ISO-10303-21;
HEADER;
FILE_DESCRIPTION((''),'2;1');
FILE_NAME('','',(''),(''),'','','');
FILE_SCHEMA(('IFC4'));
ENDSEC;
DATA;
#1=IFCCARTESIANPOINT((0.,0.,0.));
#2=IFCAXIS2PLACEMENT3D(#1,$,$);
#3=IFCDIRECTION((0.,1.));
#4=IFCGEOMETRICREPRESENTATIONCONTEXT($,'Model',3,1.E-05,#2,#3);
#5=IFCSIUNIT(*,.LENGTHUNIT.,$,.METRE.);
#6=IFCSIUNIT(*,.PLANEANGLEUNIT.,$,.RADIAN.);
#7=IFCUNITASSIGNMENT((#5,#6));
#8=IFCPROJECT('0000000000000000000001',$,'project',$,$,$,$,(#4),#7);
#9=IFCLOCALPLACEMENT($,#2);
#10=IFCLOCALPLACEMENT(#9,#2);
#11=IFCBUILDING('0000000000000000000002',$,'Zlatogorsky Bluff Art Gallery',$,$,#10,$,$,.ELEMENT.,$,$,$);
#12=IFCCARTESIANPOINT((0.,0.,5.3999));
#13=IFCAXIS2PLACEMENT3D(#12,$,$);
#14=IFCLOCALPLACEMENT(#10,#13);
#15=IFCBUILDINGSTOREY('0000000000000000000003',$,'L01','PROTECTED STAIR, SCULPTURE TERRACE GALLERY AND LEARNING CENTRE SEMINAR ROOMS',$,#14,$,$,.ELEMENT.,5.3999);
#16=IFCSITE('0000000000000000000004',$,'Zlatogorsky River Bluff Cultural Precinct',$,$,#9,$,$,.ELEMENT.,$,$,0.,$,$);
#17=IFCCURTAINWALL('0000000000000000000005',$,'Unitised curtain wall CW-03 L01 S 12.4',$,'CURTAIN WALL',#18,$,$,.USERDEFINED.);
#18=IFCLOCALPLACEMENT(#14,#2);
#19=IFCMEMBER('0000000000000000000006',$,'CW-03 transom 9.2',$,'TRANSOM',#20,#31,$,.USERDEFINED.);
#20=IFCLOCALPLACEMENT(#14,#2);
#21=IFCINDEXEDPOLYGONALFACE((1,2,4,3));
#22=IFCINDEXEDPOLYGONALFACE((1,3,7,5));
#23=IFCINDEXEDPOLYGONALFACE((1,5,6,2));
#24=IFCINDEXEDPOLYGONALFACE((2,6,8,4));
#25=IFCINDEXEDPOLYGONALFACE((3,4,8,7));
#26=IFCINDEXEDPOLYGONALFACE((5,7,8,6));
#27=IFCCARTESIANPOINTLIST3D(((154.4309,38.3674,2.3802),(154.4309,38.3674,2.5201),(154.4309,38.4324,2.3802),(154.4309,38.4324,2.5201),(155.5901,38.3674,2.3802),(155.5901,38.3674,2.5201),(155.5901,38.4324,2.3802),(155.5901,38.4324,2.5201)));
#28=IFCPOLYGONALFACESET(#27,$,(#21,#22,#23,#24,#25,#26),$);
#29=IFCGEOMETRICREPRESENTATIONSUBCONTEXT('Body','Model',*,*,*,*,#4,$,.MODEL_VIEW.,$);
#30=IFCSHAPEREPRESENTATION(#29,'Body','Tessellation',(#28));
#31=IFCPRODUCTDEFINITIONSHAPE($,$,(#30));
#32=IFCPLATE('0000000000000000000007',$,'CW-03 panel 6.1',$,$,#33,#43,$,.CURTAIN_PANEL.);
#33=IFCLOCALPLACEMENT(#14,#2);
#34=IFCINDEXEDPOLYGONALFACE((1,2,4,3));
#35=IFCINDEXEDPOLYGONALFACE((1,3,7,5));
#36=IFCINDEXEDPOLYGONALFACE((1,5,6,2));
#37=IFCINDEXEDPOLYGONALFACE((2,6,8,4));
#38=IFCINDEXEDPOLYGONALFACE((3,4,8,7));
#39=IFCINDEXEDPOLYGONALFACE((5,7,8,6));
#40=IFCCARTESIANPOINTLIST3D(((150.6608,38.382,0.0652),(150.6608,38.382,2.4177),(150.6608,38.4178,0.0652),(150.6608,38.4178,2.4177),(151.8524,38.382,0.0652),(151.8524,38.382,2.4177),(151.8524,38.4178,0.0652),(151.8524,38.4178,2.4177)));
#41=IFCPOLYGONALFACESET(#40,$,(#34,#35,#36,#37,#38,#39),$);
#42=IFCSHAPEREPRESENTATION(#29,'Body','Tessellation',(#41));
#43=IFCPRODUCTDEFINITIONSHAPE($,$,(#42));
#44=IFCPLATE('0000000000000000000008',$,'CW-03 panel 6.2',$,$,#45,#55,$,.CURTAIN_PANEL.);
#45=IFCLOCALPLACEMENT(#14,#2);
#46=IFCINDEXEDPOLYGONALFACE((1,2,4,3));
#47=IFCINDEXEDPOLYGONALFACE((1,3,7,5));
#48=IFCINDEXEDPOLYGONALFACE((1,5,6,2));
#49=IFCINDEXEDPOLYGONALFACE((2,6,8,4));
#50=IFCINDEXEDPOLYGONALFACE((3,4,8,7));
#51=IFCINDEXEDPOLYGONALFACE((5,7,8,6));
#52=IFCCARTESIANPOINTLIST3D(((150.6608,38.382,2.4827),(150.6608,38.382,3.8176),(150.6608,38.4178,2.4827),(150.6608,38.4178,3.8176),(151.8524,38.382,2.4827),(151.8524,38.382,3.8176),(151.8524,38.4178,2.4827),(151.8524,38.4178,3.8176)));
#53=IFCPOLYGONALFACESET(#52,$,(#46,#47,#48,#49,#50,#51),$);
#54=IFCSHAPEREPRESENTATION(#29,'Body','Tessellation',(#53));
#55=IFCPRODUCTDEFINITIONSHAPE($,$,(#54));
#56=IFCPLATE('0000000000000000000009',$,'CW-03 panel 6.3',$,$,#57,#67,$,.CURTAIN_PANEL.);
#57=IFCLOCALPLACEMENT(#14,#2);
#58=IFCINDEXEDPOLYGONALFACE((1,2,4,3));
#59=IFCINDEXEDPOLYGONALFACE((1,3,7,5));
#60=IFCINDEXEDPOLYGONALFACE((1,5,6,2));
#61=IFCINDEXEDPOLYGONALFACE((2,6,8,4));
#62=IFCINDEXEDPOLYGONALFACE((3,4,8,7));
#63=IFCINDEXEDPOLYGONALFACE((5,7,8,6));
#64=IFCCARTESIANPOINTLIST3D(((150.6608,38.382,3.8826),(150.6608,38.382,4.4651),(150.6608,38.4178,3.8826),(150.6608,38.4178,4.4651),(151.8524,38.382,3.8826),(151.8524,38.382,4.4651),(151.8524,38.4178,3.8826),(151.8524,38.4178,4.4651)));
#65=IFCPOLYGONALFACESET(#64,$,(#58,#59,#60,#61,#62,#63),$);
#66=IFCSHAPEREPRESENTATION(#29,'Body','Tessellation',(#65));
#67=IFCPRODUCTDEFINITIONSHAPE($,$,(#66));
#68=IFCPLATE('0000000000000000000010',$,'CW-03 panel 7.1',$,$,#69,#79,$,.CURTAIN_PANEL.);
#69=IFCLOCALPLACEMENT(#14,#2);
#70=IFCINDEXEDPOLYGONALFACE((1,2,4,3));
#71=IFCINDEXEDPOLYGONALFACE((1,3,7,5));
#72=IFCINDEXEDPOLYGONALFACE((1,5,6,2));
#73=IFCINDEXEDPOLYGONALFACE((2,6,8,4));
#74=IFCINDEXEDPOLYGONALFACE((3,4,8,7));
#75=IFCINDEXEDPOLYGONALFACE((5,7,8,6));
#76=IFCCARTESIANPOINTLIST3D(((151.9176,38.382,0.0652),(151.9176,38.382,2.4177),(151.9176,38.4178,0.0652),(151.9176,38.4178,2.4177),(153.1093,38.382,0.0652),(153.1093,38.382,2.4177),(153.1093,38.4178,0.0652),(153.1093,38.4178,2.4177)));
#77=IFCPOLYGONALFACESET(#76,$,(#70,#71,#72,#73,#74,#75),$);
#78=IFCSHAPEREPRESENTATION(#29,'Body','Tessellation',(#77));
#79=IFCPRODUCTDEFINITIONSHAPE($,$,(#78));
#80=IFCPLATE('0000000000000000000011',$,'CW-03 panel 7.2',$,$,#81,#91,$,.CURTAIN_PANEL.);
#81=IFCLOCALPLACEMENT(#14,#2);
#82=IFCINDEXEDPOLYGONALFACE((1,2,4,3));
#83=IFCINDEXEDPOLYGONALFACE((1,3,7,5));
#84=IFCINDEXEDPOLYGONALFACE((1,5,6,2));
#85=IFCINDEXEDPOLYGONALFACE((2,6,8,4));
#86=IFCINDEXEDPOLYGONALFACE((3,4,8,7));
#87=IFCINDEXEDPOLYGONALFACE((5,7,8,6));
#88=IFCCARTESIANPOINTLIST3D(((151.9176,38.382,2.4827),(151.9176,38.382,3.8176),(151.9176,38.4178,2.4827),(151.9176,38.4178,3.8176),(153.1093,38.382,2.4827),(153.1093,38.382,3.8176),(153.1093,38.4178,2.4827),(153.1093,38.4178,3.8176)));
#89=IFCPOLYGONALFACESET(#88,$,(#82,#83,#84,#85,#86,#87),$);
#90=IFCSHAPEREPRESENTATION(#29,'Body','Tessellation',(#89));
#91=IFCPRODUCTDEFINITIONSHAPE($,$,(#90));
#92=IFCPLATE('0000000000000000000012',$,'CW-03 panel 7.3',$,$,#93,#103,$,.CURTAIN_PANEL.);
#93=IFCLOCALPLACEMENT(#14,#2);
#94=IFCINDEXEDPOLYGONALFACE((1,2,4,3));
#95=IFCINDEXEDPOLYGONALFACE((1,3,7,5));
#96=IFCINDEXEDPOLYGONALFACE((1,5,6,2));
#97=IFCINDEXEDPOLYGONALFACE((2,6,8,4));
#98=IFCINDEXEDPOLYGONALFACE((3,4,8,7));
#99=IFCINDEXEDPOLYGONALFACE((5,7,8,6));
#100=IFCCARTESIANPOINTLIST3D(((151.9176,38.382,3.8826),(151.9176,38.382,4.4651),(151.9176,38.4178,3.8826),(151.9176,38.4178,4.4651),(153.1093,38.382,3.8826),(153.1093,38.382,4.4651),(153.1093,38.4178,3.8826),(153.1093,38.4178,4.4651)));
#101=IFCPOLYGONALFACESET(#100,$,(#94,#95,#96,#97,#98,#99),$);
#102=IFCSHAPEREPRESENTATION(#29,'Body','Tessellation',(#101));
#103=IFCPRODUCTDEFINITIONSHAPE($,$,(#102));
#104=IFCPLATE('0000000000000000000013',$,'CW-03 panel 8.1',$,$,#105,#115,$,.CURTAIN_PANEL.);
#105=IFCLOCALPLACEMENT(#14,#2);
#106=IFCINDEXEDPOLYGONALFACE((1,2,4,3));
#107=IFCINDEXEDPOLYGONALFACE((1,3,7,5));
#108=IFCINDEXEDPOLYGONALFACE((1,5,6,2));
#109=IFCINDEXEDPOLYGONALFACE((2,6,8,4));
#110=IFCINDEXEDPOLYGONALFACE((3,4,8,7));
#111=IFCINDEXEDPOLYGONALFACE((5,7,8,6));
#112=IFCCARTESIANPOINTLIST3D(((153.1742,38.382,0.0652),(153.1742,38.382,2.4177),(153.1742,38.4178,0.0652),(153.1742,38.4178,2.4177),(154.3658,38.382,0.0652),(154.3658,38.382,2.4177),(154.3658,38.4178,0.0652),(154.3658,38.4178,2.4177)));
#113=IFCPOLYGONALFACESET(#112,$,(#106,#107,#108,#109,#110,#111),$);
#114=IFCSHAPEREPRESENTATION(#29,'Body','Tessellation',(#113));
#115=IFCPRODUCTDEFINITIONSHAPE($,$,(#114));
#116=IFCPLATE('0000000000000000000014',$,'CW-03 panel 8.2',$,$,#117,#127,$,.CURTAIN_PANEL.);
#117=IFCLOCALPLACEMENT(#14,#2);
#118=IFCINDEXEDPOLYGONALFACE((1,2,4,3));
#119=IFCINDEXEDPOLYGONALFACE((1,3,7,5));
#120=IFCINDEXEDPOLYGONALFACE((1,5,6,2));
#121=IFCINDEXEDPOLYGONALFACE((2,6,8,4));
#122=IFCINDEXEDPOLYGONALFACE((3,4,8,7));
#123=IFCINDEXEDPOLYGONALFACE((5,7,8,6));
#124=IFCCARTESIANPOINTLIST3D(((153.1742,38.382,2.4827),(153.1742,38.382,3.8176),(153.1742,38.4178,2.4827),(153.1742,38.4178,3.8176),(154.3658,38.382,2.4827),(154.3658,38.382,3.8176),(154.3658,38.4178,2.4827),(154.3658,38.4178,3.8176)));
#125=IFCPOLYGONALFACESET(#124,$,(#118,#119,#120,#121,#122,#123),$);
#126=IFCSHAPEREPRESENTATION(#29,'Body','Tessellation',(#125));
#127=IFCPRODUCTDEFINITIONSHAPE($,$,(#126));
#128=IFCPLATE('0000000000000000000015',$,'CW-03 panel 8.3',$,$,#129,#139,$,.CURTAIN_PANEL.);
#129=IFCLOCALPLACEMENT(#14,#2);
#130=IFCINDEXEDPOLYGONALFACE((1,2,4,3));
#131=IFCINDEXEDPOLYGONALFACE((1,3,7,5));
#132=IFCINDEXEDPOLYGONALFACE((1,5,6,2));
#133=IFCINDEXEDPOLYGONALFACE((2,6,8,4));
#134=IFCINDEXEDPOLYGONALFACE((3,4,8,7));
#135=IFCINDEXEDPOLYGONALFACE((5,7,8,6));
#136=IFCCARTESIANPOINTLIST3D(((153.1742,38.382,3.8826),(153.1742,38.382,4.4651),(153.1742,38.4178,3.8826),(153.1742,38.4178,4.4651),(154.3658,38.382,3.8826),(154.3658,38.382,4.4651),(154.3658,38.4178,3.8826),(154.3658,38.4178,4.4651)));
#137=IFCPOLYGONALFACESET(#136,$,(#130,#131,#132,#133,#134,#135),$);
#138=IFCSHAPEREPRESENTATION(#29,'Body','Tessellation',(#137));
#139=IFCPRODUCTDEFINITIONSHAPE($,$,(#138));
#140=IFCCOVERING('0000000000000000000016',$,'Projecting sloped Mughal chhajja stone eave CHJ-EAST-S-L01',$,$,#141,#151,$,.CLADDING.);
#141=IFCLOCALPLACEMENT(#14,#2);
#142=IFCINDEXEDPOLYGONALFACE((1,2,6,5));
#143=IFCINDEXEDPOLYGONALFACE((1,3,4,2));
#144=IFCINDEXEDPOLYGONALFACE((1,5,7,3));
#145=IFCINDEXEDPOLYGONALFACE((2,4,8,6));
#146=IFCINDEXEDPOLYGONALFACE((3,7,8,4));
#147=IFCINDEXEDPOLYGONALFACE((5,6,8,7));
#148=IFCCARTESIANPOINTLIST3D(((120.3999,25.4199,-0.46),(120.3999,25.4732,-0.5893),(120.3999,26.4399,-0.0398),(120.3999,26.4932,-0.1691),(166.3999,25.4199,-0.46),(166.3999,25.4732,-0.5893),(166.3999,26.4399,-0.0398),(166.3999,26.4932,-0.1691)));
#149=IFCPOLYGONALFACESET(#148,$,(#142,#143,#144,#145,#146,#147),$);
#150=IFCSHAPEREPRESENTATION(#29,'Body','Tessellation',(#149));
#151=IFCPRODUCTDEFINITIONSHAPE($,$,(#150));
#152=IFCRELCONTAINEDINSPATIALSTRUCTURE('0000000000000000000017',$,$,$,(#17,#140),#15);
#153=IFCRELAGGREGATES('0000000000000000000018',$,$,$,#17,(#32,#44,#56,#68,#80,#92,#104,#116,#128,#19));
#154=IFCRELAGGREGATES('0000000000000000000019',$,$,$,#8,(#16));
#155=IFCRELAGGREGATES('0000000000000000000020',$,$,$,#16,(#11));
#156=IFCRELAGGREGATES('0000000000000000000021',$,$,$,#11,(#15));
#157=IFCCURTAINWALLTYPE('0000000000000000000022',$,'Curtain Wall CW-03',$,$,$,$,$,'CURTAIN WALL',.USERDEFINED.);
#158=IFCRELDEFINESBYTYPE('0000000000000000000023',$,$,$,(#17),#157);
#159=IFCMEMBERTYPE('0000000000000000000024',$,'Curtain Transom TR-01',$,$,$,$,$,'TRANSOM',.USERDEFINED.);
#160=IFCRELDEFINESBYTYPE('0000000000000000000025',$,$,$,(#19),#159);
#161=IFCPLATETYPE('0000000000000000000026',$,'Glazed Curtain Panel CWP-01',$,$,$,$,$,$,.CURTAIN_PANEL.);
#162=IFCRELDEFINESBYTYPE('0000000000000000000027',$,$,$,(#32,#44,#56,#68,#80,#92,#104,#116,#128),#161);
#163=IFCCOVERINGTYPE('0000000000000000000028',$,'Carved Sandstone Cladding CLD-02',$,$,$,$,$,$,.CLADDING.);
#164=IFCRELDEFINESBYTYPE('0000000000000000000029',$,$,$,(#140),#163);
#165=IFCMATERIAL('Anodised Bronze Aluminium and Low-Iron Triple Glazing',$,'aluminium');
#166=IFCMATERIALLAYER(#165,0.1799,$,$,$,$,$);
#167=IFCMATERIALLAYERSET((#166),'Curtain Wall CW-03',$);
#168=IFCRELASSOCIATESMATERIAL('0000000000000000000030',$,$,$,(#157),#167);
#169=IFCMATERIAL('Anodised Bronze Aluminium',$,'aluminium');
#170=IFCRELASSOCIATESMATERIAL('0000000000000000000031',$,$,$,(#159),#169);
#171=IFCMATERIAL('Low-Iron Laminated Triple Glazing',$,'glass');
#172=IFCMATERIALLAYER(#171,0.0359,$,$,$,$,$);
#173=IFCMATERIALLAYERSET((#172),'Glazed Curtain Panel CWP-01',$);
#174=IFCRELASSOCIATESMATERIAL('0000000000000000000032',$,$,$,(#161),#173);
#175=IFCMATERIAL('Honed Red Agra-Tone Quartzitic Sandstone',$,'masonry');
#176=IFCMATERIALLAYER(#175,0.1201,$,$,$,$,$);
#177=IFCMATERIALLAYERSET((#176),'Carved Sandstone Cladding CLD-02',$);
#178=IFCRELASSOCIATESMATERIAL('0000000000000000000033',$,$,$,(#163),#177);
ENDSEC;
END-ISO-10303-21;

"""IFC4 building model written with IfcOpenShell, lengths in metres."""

from ifc_helpers import new_model, si_unit, direction, frame, origin, origin_2d, place, context, subcontext, project, spatial, polyline, rectangle, outline, extrude, material, layer, layer_set, material_profile, profile_set, type_object, element, aggregate, save


model = new_model("IFC4")

# Units and contexts
model_context = context("Model", 3, precision=1e-05, world=origin(), true_north=direction((0.0, 1.0)))
body_context = subcontext(model_context, "Body", "Model", "MODEL_VIEW")
ifc_project = project(units=[si_unit("LENGTHUNIT", "METRE"), si_unit("PLANEANGLEUNIT", "RADIAN")], contexts=[model_context])

# Site, building, storey
site_placement = place(None, origin())
site = spatial("IfcSite", under=ifc_project, at=site_placement, Name="Zlatogorsky River Bluff Cultural Precinct", CompositionType="ELEMENT", RefElevation=0.0)
building_placement = place(site_placement, origin())
building = spatial("IfcBuilding", under=site, at=building_placement, Name="Zlatogorsky Bluff Art Gallery", CompositionType="ELEMENT")
storey_placement = place(building_placement, frame((0.0, 0.0, 5.3999)))
storey = spatial("IfcBuildingStorey", under=building, at=storey_placement, Name="L01", Description="PROTECTED STAIR, SCULPTURE TERRACE GALLERY AND LEARNING CENTRE SEMINAR ROOMS", CompositionType="ELEMENT", Elevation=5.3999)

# Curtain wall, member, plates
ifc_material_1 = material(Name="Anodised Bronze Aluminium and Low-Iron Triple Glazing", Category="aluminium")
ifc_layer_1 = layer(ifc_material_1, 0.1799)
ifc_layer_set_1 = layer_set([ifc_layer_1], Name="Curtain Wall CW-03")
curtain_wall_type = type_object("IfcCurtainWallType", Name="Curtain Wall CW-03", ElementType="CURTAIN WALL", PredefinedType="USERDEFINED", material=ifc_layer_set_1)
curtain_wall_placement = place(storey_placement, origin())
curtain_wall = element("IfcCurtainWall", 1, at=curtain_wall_placement, inside=storey, type_object=curtain_wall_type, Name="Unitised curtain wall CW-03 L01 S 12.4", ObjectType="CURTAIN WALL", PredefinedType="USERDEFINED")
ifc_material_2 = material(Name="Anodised Bronze Aluminium", Category="aluminium")
ifc_material_profile_1 = material_profile(ifc_material_2, rectangle(XDim=0.0649, YDim=0.1399, at=origin_2d()), Name="ALU TRANSOM 65x140")
ifc_profile_set_1 = profile_set([ifc_material_profile_1], Name="Anodised Bronze Aluminium")
member_type_1 = type_object("IfcMemberType", Name="Curtain Transom TR-01", ElementType="TRANSOM", PredefinedType="USERDEFINED", material=ifc_profile_set_1)
member_1_placement = place(storey_placement, frame((154.4309, 38.3999, 2.4502), z_axis=(1.0, 0.0, 0.0), x_axis=(0.0, 1.0, 0.0)))
member_1 = element("IfcMember", 2, at=member_1_placement, type_object=member_type_1, Name="CW-03 transom 9.2", ObjectType="TRANSOM", PredefinedType="USERDEFINED", context=body_context, shape_type="SweptSolid", body=[
    extrude(rectangle(XDim=0.0649, YDim=0.1399, at=origin_2d()), origin(), (0.0, 0.0, 1.0), 1.1592),
])
ifc_material_3 = material(Name="Low-Iron Laminated Triple Glazing", Category="glass")
ifc_layer_2 = layer(ifc_material_3, 0.0359)
ifc_layer_set_2 = layer_set([ifc_layer_2], Name="Glazed Curtain Panel CWP-01")
plate_type = type_object("IfcPlateType", Name="Glazed Curtain Panel CWP-01", PredefinedType="CURTAIN_PANEL", material=ifc_layer_set_2)
plate_1_placement = place(storey_placement, frame((151.2566, 38.3999, 0.0652), z_axis=(0.0, 0.0, 1.0), x_axis=(1.0, 0.0, 0.0)))
plate_1 = element("IfcPlate", 3, at=plate_1_placement, type_object=plate_type, Name="CW-03 panel 6.1", PredefinedType="CURTAIN_PANEL", context=body_context, shape_type="SweptSolid", body=[
    extrude(rectangle(XDim=1.1917, YDim=0.0359, at=origin_2d()), origin(), (0.0, 0.0, 1.0), 2.3525),
])
plate_2_placement = place(storey_placement, frame((151.2566, 38.3999, 2.4827), z_axis=(0.0, 0.0, 1.0), x_axis=(1.0, 0.0, 0.0)))
plate_2 = element("IfcPlate", 4, at=plate_2_placement, type_object=plate_type, Name="CW-03 panel 6.2", PredefinedType="CURTAIN_PANEL", context=body_context, shape_type="SweptSolid", body=[
    extrude(rectangle(XDim=1.1917, YDim=0.0359, at=origin_2d()), origin(), (0.0, 0.0, 1.0), 1.335),
])
plate_3_placement = place(storey_placement, frame((151.2566, 38.3999, 3.8826), z_axis=(0.0, 0.0, 1.0), x_axis=(1.0, 0.0, 0.0)))
plate_3 = element("IfcPlate", 5, at=plate_3_placement, type_object=plate_type, Name="CW-03 panel 6.3", PredefinedType="CURTAIN_PANEL", context=body_context, shape_type="SweptSolid", body=[
    extrude(rectangle(XDim=1.1917, YDim=0.0359, at=origin_2d()), origin(), (0.0, 0.0, 1.0), 0.5825),
])
plate_4_placement = place(storey_placement, frame((152.5134, 38.3999, 0.0652), z_axis=(0.0, 0.0, 1.0), x_axis=(1.0, 0.0, 0.0)))
plate_4 = element("IfcPlate", 6, at=plate_4_placement, type_object=plate_type, Name="CW-03 panel 7.1", PredefinedType="CURTAIN_PANEL", context=body_context, shape_type="SweptSolid", body=[
    extrude(rectangle(XDim=1.1917, YDim=0.0359, at=origin_2d()), origin(), (0.0, 0.0, 1.0), 2.3525),
])
plate_5_placement = place(storey_placement, frame((152.5134, 38.3999, 2.4827), z_axis=(0.0, 0.0, 1.0), x_axis=(1.0, 0.0, 0.0)))
plate_5 = element("IfcPlate", 7, at=plate_5_placement, type_object=plate_type, Name="CW-03 panel 7.2", PredefinedType="CURTAIN_PANEL", context=body_context, shape_type="SweptSolid", body=[
    extrude(rectangle(XDim=1.1917, YDim=0.0359, at=origin_2d()), origin(), (0.0, 0.0, 1.0), 1.335),
])
plate_6_placement = place(storey_placement, frame((152.5134, 38.3999, 3.8826), z_axis=(0.0, 0.0, 1.0), x_axis=(1.0, 0.0, 0.0)))
plate_6 = element("IfcPlate", 8, at=plate_6_placement, type_object=plate_type, Name="CW-03 panel 7.3", PredefinedType="CURTAIN_PANEL", context=body_context, shape_type="SweptSolid", body=[
    extrude(rectangle(XDim=1.1917, YDim=0.0359, at=origin_2d()), origin(), (0.0, 0.0, 1.0), 0.5825),
])
plate_7_placement = place(storey_placement, frame((153.77, 38.3999, 0.0652), z_axis=(0.0, 0.0, 1.0), x_axis=(1.0, 0.0, 0.0)))
plate_7 = element("IfcPlate", 9, at=plate_7_placement, type_object=plate_type, Name="CW-03 panel 8.1", PredefinedType="CURTAIN_PANEL", context=body_context, shape_type="SweptSolid", body=[
    extrude(rectangle(XDim=1.1917, YDim=0.0359, at=origin_2d()), origin(), (0.0, 0.0, 1.0), 2.3525),
])
plate_8_placement = place(storey_placement, frame((153.77, 38.3999, 2.4827), z_axis=(0.0, 0.0, 1.0), x_axis=(1.0, 0.0, 0.0)))
plate_8 = element("IfcPlate", 10, at=plate_8_placement, type_object=plate_type, Name="CW-03 panel 8.2", PredefinedType="CURTAIN_PANEL", context=body_context, shape_type="SweptSolid", body=[
    extrude(rectangle(XDim=1.1917, YDim=0.0359, at=origin_2d()), origin(), (0.0, 0.0, 1.0), 1.335),
])
plate_9_placement = place(storey_placement, frame((153.77, 38.3999, 3.8826), z_axis=(0.0, 0.0, 1.0), x_axis=(1.0, 0.0, 0.0)))
plate_9 = element("IfcPlate", 11, at=plate_9_placement, type_object=plate_type, Name="CW-03 panel 8.3", PredefinedType="CURTAIN_PANEL", context=body_context, shape_type="SweptSolid", body=[
    extrude(rectangle(XDim=1.1917, YDim=0.0359, at=origin_2d()), origin(), (0.0, 0.0, 1.0), 0.5825),
])
aggregate(curtain_wall, [plate_1, plate_2, plate_3, plate_4, plate_5, plate_6, plate_7, plate_8, plate_9, member_1])

# Covering
ifc_material_4 = material(Name="Honed Red Agra-Tone Quartzitic Sandstone", Category="masonry")
ifc_layer_3 = layer(ifc_material_4, 0.1201)
ifc_layer_set_3 = layer_set([ifc_layer_3], Name="Carved Sandstone Cladding CLD-02")
covering_type = type_object("IfcCoveringType", Name="Carved Sandstone Cladding CLD-02", PredefinedType="CLADDING", material=ifc_layer_set_3)
covering_placement = place(storey_placement, frame((166.3999, 26.4399, -0.0398), z_axis=(0.0, -0.380872, 0.924628), x_axis=(-1.0, 0.0, 0.0)))
element("IfcCovering", 12, at=covering_placement, inside=storey, type_object=covering_type, Name="Projecting sloped Mughal chhajja stone eave CHJ-EAST-S-L01", PredefinedType="CLADDING", context=body_context, shape_type="SweptSolid", body=[
    extrude(outline(polyline([(0.0, 0.0), (46.0, 0.0), (46.0, 1.1032), (0.0, 1.1032), (0.0, 0.0)])), origin(), (0.0, 0.0, -1.0), 0.1399),
])

save(model, "model.ifc")
